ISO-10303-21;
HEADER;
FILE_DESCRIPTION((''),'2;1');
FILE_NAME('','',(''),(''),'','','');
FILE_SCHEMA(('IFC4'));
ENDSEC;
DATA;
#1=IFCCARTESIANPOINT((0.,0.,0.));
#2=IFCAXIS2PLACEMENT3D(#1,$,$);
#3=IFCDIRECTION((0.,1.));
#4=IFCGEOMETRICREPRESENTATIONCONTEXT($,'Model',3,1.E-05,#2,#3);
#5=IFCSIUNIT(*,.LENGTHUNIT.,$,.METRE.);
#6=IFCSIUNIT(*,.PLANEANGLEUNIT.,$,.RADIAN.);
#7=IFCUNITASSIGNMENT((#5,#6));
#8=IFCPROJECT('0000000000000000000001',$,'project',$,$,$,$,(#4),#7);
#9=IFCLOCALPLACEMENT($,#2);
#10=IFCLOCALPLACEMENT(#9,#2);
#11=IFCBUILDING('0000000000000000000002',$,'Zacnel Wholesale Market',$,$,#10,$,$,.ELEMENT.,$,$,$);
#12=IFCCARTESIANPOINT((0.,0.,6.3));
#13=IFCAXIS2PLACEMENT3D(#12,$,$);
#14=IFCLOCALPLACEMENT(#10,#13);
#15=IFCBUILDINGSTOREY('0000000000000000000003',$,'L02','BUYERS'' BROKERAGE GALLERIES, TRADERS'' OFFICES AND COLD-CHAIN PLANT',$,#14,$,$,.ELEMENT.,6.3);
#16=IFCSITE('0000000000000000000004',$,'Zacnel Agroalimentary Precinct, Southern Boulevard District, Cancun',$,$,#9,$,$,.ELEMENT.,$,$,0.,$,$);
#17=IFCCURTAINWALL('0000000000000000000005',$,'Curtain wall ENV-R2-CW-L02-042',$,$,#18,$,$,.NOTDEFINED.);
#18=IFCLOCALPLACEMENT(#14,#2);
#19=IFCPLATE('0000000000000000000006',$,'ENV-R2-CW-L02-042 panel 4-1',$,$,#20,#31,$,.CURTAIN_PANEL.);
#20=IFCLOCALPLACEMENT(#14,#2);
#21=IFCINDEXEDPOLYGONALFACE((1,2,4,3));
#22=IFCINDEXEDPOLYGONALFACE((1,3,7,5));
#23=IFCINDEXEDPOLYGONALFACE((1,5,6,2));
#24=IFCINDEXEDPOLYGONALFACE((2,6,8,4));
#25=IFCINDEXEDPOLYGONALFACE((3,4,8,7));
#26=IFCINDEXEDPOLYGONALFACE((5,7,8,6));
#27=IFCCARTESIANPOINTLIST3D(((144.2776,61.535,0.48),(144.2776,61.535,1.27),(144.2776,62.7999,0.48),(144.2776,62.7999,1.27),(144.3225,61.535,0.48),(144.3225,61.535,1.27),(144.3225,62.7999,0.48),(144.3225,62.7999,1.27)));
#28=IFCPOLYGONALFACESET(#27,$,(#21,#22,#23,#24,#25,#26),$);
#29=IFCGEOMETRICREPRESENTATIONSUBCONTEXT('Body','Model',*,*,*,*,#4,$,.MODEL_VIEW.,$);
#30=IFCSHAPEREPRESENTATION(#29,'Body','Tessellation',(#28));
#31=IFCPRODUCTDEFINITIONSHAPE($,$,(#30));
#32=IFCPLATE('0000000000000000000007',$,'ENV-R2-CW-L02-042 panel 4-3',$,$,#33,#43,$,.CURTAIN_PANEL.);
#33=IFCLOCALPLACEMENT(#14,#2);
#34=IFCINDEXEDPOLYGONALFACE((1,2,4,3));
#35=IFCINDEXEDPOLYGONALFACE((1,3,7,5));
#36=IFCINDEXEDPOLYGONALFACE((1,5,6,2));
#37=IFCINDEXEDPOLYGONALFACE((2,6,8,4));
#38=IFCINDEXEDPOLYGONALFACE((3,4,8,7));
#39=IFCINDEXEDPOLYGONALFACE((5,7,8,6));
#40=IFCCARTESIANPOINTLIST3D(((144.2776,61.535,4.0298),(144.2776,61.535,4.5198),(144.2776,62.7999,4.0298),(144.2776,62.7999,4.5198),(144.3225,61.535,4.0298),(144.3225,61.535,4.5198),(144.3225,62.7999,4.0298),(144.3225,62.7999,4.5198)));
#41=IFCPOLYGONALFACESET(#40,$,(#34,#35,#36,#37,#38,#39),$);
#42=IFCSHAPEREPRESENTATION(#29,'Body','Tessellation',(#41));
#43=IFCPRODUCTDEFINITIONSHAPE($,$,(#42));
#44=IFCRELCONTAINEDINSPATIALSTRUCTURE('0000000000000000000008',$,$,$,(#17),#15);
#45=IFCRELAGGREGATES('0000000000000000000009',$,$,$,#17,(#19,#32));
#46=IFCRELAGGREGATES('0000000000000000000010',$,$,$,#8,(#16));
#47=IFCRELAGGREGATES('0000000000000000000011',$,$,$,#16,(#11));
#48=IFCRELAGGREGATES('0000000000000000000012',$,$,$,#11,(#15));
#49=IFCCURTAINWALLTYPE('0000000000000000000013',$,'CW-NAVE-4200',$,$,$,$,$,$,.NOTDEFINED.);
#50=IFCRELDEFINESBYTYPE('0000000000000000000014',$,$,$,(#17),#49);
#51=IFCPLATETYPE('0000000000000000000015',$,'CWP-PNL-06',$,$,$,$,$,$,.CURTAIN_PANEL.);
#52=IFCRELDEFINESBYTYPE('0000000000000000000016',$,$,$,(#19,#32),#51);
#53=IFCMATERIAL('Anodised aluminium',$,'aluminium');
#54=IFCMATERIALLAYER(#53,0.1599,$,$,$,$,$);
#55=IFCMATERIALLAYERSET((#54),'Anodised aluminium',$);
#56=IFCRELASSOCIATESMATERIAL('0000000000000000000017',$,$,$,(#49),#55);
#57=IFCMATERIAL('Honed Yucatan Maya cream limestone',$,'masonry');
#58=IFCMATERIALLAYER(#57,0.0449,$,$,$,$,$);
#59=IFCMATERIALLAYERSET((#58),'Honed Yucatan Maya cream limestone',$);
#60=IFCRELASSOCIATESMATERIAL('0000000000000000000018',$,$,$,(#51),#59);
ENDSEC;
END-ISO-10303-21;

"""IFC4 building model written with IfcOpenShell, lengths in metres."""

from ifc_helpers import new_model, si_unit, direction, frame, origin, origin_2d, place, context, subcontext, project, spatial, rectangle, extrude, material, layer, layer_set, type_object, element, aggregate, save


model = new_model("IFC4")

# Units and contexts
model_context = context("Model", 3, precision=1e-05, world=origin(), true_north=direction((0.0, 1.0)))
body_context = subcontext(model_context, "Body", "Model", "MODEL_VIEW")
ifc_project = project(units=[si_unit("LENGTHUNIT", "METRE"), si_unit("PLANEANGLEUNIT", "RADIAN")], contexts=[model_context])

# Site, building, storey
site_placement = place(None, origin())
site = spatial("IfcSite", under=ifc_project, at=site_placement, Name="Zacnel Agroalimentary Precinct, Southern Boulevard District, Cancun", CompositionType="ELEMENT", RefElevation=0.0)
building_placement = place(site_placement, origin())
building = spatial("IfcBuilding", under=site, at=building_placement, Name="Zacnel Wholesale Market", CompositionType="ELEMENT")
storey_placement = place(building_placement, frame((0.0, 0.0, 6.3)))
storey = spatial("IfcBuildingStorey", under=building, at=storey_placement, Name="L02", Description="BUYERS' BROKERAGE GALLERIES, TRADERS' OFFICES AND COLD-CHAIN PLANT", CompositionType="ELEMENT", Elevation=6.3)

# Curtain wall, plates
ifc_material_1 = material(Name="Anodised aluminium", Category="aluminium")
ifc_layer_1 = layer(ifc_material_1, 0.1599)
ifc_layer_set_1 = layer_set([ifc_layer_1], Name="Anodised aluminium")
curtain_wall_type = type_object("IfcCurtainWallType", Name="CW-NAVE-4200", PredefinedType="NOTDEFINED", material=ifc_layer_set_1)
curtain_wall_placement = place(storey_placement, origin())
curtain_wall = element("IfcCurtainWall", 1, at=curtain_wall_placement, inside=storey, type_object=curtain_wall_type, Name="Curtain wall ENV-R2-CW-L02-042", PredefinedType="NOTDEFINED")
ifc_material_2 = material(Name="Honed Yucatan Maya cream limestone", Category="masonry")
ifc_layer_2 = layer(ifc_material_2, 0.0449)
ifc_layer_set_2 = layer_set([ifc_layer_2], Name="Honed Yucatan Maya cream limestone")
plate_type_1 = type_object("IfcPlateType", Name="CWP-PNL-06", PredefinedType="CURTAIN_PANEL", material=ifc_layer_set_2)
plate_1_placement = place(storey_placement, frame((144.3, 62.1675, 0.48), z_axis=(0.0, 0.0, 1.0), x_axis=(0.0, 1.0, 0.0)))
plate_1 = element("IfcPlate", 2, at=plate_1_placement, type_object=plate_type_1, Name="ENV-R2-CW-L02-042 panel 4-1", PredefinedType="CURTAIN_PANEL", context=body_context, shape_type="SweptSolid", body=[
    extrude(rectangle(XDim=1.2649, YDim=0.0449, at=origin_2d()), origin(), (0.0, 0.0, 1.0), 0.79),
])
plate_2_placement = place(storey_placement, frame((144.3, 62.1675, 4.0298), z_axis=(0.0, 0.0, 1.0), x_axis=(0.0, 1.0, 0.0)))
plate_2 = element("IfcPlate", 3, at=plate_2_placement, type_object=plate_type_1, Name="ENV-R2-CW-L02-042 panel 4-3", PredefinedType="CURTAIN_PANEL", context=body_context, shape_type="SweptSolid", body=[
    extrude(rectangle(XDim=1.2649, YDim=0.0449, at=origin_2d()), origin(), (0.0, 0.0, 1.0), 0.49),
])
aggregate(curtain_wall, [plate_1, plate_2])

save(model, "model.ifc")
